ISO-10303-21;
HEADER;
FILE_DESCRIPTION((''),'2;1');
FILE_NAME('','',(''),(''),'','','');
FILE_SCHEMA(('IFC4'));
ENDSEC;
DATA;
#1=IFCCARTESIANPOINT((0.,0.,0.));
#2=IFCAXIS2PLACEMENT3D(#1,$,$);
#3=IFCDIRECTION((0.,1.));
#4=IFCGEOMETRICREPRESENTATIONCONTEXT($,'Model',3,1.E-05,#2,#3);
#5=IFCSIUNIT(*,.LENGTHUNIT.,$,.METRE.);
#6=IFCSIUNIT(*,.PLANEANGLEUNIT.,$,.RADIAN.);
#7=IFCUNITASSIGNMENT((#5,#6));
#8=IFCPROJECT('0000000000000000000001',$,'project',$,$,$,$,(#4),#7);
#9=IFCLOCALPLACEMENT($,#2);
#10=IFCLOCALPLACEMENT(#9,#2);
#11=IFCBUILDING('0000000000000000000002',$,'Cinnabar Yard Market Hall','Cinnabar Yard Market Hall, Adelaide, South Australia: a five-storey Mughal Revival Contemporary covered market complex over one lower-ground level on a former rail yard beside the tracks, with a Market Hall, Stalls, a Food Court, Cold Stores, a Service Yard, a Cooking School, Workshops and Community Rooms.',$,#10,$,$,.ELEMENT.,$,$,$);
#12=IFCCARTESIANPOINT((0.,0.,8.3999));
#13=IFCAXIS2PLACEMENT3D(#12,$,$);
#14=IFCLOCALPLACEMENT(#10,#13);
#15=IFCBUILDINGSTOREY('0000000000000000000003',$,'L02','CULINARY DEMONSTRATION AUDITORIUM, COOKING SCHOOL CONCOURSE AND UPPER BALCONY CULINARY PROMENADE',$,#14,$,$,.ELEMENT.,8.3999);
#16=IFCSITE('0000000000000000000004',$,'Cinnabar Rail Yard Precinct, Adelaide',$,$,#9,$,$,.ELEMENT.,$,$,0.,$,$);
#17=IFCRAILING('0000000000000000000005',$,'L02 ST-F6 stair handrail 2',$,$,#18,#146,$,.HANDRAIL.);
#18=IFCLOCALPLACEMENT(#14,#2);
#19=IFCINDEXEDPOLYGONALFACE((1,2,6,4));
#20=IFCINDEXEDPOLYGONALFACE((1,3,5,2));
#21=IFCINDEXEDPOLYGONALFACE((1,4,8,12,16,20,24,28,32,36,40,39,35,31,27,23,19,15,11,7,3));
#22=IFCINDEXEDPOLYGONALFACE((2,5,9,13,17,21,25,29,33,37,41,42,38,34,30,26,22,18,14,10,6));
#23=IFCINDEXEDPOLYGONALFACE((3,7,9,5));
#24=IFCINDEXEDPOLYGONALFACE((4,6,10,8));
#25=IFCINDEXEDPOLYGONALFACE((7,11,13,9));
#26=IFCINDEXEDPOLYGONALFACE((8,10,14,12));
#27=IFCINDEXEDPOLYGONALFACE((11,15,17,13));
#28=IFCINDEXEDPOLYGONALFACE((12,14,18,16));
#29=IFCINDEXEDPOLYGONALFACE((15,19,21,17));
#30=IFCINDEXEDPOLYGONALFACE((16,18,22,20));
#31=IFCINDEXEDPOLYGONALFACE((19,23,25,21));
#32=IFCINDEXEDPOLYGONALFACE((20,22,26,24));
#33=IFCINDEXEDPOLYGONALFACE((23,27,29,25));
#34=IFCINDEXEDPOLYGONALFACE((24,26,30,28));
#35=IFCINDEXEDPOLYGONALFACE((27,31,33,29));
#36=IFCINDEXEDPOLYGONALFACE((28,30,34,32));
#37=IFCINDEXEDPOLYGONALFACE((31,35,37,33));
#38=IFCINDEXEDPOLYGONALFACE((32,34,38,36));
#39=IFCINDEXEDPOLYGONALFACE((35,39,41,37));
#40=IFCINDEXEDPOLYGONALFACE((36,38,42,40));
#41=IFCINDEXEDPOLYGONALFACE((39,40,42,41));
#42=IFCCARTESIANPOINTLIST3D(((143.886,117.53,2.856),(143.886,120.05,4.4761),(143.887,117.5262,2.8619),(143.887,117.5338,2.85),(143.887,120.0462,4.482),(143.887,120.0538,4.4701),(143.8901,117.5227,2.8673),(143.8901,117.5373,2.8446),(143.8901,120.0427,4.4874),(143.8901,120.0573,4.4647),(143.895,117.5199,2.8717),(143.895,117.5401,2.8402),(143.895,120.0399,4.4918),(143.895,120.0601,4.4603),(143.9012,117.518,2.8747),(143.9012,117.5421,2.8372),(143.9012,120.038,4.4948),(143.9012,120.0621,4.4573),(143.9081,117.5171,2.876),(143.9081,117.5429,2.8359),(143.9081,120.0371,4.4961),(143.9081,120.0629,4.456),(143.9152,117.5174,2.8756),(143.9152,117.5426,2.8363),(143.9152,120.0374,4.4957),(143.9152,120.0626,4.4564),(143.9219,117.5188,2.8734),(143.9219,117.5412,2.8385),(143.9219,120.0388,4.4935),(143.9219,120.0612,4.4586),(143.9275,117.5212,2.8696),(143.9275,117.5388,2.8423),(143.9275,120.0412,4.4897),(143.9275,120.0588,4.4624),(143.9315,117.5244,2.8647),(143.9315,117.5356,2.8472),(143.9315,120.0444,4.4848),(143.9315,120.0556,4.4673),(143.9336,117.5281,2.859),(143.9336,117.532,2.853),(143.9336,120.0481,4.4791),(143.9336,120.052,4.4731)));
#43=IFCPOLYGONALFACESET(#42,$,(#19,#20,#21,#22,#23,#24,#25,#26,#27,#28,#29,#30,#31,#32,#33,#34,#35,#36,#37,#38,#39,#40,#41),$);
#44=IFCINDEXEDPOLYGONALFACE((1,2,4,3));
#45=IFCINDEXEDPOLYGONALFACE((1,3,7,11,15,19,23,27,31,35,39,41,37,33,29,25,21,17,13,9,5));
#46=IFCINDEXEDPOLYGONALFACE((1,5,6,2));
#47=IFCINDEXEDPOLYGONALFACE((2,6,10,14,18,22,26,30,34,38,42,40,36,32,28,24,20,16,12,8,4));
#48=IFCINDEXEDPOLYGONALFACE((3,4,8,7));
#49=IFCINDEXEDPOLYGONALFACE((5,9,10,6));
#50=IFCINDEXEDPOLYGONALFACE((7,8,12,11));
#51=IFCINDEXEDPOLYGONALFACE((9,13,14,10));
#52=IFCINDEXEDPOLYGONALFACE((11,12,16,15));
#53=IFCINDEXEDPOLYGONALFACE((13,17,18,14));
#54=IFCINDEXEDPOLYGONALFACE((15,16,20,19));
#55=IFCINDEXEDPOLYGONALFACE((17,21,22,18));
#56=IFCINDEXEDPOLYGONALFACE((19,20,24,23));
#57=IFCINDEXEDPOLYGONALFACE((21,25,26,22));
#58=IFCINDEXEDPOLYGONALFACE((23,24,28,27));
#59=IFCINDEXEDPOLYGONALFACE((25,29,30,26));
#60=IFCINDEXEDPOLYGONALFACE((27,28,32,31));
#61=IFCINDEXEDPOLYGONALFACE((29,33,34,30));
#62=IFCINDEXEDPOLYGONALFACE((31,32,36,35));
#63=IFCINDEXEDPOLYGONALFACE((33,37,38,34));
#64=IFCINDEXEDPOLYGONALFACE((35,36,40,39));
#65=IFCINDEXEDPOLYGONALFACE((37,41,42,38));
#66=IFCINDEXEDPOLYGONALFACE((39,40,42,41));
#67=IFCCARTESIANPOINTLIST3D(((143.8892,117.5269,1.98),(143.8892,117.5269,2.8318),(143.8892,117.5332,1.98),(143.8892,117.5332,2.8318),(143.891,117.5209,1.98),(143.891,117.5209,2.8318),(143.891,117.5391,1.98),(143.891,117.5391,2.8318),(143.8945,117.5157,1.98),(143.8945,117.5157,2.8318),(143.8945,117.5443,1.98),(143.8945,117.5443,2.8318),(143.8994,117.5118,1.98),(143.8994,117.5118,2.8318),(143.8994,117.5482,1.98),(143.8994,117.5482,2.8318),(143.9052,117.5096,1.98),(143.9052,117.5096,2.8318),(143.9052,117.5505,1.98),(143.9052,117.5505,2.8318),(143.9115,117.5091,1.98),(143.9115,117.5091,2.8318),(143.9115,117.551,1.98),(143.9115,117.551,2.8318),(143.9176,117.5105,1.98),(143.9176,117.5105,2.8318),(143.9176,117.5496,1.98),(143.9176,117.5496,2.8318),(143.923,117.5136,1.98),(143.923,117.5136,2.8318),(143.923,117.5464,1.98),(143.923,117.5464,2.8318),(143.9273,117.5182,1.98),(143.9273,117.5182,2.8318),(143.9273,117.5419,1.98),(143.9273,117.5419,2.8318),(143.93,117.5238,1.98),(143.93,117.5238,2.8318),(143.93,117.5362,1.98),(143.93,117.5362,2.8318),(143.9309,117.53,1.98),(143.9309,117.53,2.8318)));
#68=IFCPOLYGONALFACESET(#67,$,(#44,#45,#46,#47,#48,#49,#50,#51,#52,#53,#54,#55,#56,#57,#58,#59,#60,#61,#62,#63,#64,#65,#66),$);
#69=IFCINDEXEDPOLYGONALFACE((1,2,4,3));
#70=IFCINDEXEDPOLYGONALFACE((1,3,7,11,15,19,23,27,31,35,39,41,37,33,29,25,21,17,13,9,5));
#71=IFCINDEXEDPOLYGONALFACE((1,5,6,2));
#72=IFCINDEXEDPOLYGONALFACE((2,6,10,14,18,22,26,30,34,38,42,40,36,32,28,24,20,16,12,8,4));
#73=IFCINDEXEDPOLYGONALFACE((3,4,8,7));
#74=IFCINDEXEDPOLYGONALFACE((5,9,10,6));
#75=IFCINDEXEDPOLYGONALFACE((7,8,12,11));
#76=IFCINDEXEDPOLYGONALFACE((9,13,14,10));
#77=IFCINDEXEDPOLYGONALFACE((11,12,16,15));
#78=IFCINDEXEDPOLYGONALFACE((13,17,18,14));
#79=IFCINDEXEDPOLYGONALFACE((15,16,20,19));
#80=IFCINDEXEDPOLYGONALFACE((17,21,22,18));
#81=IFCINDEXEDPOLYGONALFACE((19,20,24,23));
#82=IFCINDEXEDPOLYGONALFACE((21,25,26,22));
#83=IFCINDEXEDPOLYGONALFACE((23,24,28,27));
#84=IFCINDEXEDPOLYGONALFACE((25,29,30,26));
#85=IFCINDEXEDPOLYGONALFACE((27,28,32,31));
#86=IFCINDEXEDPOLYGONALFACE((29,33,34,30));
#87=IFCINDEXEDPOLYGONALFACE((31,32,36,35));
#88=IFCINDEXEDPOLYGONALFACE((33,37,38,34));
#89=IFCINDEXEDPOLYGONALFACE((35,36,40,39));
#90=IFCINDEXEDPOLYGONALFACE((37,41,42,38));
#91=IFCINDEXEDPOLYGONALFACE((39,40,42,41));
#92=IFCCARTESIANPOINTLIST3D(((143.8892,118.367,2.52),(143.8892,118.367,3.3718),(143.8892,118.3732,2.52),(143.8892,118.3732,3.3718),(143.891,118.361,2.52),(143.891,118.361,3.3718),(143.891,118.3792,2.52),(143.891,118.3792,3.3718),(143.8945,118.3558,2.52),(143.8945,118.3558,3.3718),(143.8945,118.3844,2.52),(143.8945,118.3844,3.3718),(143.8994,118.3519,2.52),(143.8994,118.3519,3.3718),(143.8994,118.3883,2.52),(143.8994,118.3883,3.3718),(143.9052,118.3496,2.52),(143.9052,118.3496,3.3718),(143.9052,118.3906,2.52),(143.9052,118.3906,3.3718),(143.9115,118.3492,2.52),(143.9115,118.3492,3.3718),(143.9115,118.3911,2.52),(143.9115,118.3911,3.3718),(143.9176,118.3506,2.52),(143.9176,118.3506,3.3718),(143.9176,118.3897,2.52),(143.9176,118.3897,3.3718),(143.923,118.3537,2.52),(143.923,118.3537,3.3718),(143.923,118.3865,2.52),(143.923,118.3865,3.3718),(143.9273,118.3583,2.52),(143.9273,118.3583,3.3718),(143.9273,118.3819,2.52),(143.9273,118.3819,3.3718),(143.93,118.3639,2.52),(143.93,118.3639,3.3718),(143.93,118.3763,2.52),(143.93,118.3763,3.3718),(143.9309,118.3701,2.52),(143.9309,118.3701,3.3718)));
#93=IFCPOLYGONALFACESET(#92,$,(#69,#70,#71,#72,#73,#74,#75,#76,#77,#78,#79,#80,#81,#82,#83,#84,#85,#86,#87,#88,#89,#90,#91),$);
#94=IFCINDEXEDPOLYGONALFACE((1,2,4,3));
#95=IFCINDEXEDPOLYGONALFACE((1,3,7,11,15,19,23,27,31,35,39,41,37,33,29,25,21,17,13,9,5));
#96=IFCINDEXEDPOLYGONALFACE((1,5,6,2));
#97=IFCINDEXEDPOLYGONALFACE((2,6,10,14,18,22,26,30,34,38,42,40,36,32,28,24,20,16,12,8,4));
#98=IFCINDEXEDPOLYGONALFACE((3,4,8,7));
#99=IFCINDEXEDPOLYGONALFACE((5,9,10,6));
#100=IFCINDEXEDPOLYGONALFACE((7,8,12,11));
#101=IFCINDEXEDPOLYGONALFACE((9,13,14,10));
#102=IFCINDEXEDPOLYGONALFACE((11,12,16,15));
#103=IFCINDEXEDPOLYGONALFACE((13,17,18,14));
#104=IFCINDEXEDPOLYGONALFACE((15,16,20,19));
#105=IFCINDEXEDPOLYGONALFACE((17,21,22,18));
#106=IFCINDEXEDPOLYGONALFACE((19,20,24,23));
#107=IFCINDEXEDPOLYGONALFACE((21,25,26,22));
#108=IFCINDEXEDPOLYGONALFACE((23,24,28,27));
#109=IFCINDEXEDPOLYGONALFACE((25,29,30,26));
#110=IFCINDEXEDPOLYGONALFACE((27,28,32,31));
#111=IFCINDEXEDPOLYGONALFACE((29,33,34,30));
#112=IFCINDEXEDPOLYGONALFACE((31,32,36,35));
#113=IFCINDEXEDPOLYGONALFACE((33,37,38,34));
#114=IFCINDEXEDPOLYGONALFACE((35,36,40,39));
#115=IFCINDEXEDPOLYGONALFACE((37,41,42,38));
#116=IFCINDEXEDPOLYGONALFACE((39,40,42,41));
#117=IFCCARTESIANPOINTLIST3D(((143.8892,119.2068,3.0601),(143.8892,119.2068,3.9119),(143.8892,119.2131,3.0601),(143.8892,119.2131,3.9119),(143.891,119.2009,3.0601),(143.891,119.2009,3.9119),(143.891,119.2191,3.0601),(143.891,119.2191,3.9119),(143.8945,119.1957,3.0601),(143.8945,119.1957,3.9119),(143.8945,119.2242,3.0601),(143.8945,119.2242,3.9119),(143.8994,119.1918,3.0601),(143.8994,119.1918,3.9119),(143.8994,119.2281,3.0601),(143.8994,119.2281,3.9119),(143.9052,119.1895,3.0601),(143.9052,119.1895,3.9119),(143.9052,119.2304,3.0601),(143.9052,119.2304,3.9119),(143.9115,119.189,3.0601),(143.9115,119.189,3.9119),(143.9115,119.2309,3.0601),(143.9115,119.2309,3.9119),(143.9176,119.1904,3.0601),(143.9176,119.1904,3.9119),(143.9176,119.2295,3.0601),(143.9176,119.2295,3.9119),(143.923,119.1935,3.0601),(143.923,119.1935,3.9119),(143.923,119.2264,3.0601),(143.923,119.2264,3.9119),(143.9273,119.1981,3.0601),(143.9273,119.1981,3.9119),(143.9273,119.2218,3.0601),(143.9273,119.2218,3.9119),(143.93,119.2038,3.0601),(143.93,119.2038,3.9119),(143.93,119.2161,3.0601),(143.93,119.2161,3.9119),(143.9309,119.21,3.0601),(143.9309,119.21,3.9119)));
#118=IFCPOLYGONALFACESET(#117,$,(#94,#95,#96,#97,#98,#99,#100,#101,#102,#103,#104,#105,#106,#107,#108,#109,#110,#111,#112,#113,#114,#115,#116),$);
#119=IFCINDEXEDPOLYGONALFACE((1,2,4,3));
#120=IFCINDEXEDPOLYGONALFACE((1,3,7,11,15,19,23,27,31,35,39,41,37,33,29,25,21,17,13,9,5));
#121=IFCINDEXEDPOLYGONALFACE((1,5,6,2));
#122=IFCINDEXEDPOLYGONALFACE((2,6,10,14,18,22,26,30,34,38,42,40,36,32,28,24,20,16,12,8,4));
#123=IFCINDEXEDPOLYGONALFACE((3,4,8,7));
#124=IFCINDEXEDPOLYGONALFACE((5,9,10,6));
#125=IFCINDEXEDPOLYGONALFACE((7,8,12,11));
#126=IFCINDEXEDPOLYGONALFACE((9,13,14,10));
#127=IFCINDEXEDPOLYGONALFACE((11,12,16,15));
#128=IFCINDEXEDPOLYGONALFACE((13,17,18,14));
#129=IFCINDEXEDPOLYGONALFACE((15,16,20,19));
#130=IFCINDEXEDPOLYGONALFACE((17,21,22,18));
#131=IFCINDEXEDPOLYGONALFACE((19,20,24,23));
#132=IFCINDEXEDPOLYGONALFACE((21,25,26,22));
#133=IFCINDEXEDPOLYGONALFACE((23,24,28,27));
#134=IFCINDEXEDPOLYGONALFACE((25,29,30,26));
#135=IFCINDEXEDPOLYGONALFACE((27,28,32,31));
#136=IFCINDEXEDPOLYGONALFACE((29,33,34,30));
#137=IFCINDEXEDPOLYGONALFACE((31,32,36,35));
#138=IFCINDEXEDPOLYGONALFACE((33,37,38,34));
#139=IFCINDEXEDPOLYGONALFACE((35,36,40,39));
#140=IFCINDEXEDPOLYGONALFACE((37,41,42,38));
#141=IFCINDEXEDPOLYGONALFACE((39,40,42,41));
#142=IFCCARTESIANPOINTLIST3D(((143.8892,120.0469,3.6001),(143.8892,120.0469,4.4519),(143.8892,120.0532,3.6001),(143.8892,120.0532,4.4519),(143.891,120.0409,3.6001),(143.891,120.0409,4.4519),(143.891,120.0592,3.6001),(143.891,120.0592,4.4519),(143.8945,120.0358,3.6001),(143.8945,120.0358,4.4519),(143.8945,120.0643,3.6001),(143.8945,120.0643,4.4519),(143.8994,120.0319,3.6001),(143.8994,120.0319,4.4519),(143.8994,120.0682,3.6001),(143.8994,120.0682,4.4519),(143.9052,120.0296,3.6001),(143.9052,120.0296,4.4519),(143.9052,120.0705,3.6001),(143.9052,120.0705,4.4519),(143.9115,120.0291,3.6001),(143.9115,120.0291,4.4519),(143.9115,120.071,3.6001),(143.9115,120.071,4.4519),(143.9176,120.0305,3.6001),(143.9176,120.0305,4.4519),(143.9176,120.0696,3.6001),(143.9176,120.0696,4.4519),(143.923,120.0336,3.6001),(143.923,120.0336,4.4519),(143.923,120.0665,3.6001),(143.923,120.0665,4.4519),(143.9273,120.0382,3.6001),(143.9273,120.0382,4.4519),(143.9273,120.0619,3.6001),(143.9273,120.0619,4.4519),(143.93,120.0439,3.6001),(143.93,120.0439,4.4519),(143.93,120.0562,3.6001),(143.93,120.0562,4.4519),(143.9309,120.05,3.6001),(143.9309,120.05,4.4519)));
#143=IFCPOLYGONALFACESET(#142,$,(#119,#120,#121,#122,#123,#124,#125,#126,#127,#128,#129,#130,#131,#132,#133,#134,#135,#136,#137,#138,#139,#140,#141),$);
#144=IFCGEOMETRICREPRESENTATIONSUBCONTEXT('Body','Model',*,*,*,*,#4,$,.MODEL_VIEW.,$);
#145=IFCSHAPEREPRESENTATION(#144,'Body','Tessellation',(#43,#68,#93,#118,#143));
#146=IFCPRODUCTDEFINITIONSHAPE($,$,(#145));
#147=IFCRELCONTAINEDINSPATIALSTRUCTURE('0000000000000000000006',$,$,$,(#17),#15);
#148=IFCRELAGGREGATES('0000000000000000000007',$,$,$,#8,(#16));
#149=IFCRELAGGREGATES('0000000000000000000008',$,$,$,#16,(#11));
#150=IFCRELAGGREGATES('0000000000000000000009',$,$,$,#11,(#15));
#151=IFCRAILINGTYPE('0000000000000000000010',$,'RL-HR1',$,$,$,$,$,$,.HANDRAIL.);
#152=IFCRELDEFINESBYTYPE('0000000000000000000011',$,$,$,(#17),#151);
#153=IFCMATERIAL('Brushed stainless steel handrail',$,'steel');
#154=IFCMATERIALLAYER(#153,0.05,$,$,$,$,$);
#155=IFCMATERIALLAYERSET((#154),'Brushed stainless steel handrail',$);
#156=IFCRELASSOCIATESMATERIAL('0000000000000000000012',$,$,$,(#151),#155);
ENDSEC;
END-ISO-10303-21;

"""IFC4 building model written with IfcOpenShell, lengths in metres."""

from ifc_helpers import new_model, si_unit, direction, frame, origin, origin_2d_with_axis, place, context, subcontext, project, spatial, circle, extrude, material, layer, layer_set, type_object, element, save


model = new_model("IFC4")

# Units and contexts
model_context = context("Model", 3, precision=1e-05, world=origin(), true_north=direction((0.0, 1.0)))
body_context = subcontext(model_context, "Body", "Model", "MODEL_VIEW")
ifc_project = project(units=[si_unit("LENGTHUNIT", "METRE"), si_unit("PLANEANGLEUNIT", "RADIAN")], contexts=[model_context])

# Site, building, storey
site_placement = place(None, origin())
site = spatial("IfcSite", under=ifc_project, at=site_placement, Name="Cinnabar Rail Yard Precinct, Adelaide", CompositionType="ELEMENT", RefElevation=0.0)
building_placement = place(site_placement, origin())
building = spatial("IfcBuilding", under=site, at=building_placement, Name="Cinnabar Yard Market Hall", Description="Cinnabar Yard Market Hall, Adelaide, South Australia: a five-storey Mughal Revival Contemporary covered market complex over one lower-ground level on a former rail yard beside the tracks, with a Market Hall, Stalls, a Food Court, Cold Stores, a Service Yard, a Cooking School, Workshops and Community Rooms.", CompositionType="ELEMENT")
storey_placement = place(building_placement, frame((0.0, 0.0, 8.3999)))
storey = spatial("IfcBuildingStorey", under=building, at=storey_placement, Name="L02", Description="CULINARY DEMONSTRATION AUDITORIUM, COOKING SCHOOL CONCOURSE AND UPPER BALCONY CULINARY PROMENADE", CompositionType="ELEMENT", Elevation=8.3999)

# Railing
ifc_material_1 = material(Name="Brushed stainless steel handrail", Category="steel")
ifc_layer_1 = layer(ifc_material_1, 0.05)
ifc_layer_set_1 = layer_set([ifc_layer_1], Name="Brushed stainless steel handrail")
railing_type_1 = type_object("IfcRailingType", Name="RL-HR1", PredefinedType="HANDRAIL", material=ifc_layer_set_1)
railing_1_placement = place(storey_placement, frame((143.9099, 117.53, 1.98)))
element("IfcRailing", 1, at=railing_1_placement, inside=storey, type_object=railing_type_1, Name="L02 ST-F6 stair handrail 2", PredefinedType="HANDRAIL", context=body_context, shape_type="SweptSolid", body=[
    extrude(circle(Radius=0.0239, at=origin_2d_with_axis()), frame((0.0, 0.0, 0.876), z_axis=(0.0, 0.841163, 0.540782), x_axis=(-1.0, 0.0, 0.0)), (0.0, 0.0, 1.0), 2.9958),
    extrude(circle(Radius=0.021, at=origin_2d_with_axis()), origin(), (0.0, 0.0, 1.0), 0.8518),
    extrude(circle(Radius=0.021, at=origin_2d_with_axis()), frame((0.0, 0.8401, 0.54)), (0.0, 0.0, 1.0), 0.8518),
    extrude(circle(Radius=0.021, at=origin_2d_with_axis()), frame((0.0, 1.6799, 1.0801)), (0.0, 0.0, 1.0), 0.8518),
    extrude(circle(Radius=0.021, at=origin_2d_with_axis()), frame((0.0, 2.52, 1.6201)), (0.0, 0.0, 1.0), 0.8518),
])

save(model, "model.ifc")
